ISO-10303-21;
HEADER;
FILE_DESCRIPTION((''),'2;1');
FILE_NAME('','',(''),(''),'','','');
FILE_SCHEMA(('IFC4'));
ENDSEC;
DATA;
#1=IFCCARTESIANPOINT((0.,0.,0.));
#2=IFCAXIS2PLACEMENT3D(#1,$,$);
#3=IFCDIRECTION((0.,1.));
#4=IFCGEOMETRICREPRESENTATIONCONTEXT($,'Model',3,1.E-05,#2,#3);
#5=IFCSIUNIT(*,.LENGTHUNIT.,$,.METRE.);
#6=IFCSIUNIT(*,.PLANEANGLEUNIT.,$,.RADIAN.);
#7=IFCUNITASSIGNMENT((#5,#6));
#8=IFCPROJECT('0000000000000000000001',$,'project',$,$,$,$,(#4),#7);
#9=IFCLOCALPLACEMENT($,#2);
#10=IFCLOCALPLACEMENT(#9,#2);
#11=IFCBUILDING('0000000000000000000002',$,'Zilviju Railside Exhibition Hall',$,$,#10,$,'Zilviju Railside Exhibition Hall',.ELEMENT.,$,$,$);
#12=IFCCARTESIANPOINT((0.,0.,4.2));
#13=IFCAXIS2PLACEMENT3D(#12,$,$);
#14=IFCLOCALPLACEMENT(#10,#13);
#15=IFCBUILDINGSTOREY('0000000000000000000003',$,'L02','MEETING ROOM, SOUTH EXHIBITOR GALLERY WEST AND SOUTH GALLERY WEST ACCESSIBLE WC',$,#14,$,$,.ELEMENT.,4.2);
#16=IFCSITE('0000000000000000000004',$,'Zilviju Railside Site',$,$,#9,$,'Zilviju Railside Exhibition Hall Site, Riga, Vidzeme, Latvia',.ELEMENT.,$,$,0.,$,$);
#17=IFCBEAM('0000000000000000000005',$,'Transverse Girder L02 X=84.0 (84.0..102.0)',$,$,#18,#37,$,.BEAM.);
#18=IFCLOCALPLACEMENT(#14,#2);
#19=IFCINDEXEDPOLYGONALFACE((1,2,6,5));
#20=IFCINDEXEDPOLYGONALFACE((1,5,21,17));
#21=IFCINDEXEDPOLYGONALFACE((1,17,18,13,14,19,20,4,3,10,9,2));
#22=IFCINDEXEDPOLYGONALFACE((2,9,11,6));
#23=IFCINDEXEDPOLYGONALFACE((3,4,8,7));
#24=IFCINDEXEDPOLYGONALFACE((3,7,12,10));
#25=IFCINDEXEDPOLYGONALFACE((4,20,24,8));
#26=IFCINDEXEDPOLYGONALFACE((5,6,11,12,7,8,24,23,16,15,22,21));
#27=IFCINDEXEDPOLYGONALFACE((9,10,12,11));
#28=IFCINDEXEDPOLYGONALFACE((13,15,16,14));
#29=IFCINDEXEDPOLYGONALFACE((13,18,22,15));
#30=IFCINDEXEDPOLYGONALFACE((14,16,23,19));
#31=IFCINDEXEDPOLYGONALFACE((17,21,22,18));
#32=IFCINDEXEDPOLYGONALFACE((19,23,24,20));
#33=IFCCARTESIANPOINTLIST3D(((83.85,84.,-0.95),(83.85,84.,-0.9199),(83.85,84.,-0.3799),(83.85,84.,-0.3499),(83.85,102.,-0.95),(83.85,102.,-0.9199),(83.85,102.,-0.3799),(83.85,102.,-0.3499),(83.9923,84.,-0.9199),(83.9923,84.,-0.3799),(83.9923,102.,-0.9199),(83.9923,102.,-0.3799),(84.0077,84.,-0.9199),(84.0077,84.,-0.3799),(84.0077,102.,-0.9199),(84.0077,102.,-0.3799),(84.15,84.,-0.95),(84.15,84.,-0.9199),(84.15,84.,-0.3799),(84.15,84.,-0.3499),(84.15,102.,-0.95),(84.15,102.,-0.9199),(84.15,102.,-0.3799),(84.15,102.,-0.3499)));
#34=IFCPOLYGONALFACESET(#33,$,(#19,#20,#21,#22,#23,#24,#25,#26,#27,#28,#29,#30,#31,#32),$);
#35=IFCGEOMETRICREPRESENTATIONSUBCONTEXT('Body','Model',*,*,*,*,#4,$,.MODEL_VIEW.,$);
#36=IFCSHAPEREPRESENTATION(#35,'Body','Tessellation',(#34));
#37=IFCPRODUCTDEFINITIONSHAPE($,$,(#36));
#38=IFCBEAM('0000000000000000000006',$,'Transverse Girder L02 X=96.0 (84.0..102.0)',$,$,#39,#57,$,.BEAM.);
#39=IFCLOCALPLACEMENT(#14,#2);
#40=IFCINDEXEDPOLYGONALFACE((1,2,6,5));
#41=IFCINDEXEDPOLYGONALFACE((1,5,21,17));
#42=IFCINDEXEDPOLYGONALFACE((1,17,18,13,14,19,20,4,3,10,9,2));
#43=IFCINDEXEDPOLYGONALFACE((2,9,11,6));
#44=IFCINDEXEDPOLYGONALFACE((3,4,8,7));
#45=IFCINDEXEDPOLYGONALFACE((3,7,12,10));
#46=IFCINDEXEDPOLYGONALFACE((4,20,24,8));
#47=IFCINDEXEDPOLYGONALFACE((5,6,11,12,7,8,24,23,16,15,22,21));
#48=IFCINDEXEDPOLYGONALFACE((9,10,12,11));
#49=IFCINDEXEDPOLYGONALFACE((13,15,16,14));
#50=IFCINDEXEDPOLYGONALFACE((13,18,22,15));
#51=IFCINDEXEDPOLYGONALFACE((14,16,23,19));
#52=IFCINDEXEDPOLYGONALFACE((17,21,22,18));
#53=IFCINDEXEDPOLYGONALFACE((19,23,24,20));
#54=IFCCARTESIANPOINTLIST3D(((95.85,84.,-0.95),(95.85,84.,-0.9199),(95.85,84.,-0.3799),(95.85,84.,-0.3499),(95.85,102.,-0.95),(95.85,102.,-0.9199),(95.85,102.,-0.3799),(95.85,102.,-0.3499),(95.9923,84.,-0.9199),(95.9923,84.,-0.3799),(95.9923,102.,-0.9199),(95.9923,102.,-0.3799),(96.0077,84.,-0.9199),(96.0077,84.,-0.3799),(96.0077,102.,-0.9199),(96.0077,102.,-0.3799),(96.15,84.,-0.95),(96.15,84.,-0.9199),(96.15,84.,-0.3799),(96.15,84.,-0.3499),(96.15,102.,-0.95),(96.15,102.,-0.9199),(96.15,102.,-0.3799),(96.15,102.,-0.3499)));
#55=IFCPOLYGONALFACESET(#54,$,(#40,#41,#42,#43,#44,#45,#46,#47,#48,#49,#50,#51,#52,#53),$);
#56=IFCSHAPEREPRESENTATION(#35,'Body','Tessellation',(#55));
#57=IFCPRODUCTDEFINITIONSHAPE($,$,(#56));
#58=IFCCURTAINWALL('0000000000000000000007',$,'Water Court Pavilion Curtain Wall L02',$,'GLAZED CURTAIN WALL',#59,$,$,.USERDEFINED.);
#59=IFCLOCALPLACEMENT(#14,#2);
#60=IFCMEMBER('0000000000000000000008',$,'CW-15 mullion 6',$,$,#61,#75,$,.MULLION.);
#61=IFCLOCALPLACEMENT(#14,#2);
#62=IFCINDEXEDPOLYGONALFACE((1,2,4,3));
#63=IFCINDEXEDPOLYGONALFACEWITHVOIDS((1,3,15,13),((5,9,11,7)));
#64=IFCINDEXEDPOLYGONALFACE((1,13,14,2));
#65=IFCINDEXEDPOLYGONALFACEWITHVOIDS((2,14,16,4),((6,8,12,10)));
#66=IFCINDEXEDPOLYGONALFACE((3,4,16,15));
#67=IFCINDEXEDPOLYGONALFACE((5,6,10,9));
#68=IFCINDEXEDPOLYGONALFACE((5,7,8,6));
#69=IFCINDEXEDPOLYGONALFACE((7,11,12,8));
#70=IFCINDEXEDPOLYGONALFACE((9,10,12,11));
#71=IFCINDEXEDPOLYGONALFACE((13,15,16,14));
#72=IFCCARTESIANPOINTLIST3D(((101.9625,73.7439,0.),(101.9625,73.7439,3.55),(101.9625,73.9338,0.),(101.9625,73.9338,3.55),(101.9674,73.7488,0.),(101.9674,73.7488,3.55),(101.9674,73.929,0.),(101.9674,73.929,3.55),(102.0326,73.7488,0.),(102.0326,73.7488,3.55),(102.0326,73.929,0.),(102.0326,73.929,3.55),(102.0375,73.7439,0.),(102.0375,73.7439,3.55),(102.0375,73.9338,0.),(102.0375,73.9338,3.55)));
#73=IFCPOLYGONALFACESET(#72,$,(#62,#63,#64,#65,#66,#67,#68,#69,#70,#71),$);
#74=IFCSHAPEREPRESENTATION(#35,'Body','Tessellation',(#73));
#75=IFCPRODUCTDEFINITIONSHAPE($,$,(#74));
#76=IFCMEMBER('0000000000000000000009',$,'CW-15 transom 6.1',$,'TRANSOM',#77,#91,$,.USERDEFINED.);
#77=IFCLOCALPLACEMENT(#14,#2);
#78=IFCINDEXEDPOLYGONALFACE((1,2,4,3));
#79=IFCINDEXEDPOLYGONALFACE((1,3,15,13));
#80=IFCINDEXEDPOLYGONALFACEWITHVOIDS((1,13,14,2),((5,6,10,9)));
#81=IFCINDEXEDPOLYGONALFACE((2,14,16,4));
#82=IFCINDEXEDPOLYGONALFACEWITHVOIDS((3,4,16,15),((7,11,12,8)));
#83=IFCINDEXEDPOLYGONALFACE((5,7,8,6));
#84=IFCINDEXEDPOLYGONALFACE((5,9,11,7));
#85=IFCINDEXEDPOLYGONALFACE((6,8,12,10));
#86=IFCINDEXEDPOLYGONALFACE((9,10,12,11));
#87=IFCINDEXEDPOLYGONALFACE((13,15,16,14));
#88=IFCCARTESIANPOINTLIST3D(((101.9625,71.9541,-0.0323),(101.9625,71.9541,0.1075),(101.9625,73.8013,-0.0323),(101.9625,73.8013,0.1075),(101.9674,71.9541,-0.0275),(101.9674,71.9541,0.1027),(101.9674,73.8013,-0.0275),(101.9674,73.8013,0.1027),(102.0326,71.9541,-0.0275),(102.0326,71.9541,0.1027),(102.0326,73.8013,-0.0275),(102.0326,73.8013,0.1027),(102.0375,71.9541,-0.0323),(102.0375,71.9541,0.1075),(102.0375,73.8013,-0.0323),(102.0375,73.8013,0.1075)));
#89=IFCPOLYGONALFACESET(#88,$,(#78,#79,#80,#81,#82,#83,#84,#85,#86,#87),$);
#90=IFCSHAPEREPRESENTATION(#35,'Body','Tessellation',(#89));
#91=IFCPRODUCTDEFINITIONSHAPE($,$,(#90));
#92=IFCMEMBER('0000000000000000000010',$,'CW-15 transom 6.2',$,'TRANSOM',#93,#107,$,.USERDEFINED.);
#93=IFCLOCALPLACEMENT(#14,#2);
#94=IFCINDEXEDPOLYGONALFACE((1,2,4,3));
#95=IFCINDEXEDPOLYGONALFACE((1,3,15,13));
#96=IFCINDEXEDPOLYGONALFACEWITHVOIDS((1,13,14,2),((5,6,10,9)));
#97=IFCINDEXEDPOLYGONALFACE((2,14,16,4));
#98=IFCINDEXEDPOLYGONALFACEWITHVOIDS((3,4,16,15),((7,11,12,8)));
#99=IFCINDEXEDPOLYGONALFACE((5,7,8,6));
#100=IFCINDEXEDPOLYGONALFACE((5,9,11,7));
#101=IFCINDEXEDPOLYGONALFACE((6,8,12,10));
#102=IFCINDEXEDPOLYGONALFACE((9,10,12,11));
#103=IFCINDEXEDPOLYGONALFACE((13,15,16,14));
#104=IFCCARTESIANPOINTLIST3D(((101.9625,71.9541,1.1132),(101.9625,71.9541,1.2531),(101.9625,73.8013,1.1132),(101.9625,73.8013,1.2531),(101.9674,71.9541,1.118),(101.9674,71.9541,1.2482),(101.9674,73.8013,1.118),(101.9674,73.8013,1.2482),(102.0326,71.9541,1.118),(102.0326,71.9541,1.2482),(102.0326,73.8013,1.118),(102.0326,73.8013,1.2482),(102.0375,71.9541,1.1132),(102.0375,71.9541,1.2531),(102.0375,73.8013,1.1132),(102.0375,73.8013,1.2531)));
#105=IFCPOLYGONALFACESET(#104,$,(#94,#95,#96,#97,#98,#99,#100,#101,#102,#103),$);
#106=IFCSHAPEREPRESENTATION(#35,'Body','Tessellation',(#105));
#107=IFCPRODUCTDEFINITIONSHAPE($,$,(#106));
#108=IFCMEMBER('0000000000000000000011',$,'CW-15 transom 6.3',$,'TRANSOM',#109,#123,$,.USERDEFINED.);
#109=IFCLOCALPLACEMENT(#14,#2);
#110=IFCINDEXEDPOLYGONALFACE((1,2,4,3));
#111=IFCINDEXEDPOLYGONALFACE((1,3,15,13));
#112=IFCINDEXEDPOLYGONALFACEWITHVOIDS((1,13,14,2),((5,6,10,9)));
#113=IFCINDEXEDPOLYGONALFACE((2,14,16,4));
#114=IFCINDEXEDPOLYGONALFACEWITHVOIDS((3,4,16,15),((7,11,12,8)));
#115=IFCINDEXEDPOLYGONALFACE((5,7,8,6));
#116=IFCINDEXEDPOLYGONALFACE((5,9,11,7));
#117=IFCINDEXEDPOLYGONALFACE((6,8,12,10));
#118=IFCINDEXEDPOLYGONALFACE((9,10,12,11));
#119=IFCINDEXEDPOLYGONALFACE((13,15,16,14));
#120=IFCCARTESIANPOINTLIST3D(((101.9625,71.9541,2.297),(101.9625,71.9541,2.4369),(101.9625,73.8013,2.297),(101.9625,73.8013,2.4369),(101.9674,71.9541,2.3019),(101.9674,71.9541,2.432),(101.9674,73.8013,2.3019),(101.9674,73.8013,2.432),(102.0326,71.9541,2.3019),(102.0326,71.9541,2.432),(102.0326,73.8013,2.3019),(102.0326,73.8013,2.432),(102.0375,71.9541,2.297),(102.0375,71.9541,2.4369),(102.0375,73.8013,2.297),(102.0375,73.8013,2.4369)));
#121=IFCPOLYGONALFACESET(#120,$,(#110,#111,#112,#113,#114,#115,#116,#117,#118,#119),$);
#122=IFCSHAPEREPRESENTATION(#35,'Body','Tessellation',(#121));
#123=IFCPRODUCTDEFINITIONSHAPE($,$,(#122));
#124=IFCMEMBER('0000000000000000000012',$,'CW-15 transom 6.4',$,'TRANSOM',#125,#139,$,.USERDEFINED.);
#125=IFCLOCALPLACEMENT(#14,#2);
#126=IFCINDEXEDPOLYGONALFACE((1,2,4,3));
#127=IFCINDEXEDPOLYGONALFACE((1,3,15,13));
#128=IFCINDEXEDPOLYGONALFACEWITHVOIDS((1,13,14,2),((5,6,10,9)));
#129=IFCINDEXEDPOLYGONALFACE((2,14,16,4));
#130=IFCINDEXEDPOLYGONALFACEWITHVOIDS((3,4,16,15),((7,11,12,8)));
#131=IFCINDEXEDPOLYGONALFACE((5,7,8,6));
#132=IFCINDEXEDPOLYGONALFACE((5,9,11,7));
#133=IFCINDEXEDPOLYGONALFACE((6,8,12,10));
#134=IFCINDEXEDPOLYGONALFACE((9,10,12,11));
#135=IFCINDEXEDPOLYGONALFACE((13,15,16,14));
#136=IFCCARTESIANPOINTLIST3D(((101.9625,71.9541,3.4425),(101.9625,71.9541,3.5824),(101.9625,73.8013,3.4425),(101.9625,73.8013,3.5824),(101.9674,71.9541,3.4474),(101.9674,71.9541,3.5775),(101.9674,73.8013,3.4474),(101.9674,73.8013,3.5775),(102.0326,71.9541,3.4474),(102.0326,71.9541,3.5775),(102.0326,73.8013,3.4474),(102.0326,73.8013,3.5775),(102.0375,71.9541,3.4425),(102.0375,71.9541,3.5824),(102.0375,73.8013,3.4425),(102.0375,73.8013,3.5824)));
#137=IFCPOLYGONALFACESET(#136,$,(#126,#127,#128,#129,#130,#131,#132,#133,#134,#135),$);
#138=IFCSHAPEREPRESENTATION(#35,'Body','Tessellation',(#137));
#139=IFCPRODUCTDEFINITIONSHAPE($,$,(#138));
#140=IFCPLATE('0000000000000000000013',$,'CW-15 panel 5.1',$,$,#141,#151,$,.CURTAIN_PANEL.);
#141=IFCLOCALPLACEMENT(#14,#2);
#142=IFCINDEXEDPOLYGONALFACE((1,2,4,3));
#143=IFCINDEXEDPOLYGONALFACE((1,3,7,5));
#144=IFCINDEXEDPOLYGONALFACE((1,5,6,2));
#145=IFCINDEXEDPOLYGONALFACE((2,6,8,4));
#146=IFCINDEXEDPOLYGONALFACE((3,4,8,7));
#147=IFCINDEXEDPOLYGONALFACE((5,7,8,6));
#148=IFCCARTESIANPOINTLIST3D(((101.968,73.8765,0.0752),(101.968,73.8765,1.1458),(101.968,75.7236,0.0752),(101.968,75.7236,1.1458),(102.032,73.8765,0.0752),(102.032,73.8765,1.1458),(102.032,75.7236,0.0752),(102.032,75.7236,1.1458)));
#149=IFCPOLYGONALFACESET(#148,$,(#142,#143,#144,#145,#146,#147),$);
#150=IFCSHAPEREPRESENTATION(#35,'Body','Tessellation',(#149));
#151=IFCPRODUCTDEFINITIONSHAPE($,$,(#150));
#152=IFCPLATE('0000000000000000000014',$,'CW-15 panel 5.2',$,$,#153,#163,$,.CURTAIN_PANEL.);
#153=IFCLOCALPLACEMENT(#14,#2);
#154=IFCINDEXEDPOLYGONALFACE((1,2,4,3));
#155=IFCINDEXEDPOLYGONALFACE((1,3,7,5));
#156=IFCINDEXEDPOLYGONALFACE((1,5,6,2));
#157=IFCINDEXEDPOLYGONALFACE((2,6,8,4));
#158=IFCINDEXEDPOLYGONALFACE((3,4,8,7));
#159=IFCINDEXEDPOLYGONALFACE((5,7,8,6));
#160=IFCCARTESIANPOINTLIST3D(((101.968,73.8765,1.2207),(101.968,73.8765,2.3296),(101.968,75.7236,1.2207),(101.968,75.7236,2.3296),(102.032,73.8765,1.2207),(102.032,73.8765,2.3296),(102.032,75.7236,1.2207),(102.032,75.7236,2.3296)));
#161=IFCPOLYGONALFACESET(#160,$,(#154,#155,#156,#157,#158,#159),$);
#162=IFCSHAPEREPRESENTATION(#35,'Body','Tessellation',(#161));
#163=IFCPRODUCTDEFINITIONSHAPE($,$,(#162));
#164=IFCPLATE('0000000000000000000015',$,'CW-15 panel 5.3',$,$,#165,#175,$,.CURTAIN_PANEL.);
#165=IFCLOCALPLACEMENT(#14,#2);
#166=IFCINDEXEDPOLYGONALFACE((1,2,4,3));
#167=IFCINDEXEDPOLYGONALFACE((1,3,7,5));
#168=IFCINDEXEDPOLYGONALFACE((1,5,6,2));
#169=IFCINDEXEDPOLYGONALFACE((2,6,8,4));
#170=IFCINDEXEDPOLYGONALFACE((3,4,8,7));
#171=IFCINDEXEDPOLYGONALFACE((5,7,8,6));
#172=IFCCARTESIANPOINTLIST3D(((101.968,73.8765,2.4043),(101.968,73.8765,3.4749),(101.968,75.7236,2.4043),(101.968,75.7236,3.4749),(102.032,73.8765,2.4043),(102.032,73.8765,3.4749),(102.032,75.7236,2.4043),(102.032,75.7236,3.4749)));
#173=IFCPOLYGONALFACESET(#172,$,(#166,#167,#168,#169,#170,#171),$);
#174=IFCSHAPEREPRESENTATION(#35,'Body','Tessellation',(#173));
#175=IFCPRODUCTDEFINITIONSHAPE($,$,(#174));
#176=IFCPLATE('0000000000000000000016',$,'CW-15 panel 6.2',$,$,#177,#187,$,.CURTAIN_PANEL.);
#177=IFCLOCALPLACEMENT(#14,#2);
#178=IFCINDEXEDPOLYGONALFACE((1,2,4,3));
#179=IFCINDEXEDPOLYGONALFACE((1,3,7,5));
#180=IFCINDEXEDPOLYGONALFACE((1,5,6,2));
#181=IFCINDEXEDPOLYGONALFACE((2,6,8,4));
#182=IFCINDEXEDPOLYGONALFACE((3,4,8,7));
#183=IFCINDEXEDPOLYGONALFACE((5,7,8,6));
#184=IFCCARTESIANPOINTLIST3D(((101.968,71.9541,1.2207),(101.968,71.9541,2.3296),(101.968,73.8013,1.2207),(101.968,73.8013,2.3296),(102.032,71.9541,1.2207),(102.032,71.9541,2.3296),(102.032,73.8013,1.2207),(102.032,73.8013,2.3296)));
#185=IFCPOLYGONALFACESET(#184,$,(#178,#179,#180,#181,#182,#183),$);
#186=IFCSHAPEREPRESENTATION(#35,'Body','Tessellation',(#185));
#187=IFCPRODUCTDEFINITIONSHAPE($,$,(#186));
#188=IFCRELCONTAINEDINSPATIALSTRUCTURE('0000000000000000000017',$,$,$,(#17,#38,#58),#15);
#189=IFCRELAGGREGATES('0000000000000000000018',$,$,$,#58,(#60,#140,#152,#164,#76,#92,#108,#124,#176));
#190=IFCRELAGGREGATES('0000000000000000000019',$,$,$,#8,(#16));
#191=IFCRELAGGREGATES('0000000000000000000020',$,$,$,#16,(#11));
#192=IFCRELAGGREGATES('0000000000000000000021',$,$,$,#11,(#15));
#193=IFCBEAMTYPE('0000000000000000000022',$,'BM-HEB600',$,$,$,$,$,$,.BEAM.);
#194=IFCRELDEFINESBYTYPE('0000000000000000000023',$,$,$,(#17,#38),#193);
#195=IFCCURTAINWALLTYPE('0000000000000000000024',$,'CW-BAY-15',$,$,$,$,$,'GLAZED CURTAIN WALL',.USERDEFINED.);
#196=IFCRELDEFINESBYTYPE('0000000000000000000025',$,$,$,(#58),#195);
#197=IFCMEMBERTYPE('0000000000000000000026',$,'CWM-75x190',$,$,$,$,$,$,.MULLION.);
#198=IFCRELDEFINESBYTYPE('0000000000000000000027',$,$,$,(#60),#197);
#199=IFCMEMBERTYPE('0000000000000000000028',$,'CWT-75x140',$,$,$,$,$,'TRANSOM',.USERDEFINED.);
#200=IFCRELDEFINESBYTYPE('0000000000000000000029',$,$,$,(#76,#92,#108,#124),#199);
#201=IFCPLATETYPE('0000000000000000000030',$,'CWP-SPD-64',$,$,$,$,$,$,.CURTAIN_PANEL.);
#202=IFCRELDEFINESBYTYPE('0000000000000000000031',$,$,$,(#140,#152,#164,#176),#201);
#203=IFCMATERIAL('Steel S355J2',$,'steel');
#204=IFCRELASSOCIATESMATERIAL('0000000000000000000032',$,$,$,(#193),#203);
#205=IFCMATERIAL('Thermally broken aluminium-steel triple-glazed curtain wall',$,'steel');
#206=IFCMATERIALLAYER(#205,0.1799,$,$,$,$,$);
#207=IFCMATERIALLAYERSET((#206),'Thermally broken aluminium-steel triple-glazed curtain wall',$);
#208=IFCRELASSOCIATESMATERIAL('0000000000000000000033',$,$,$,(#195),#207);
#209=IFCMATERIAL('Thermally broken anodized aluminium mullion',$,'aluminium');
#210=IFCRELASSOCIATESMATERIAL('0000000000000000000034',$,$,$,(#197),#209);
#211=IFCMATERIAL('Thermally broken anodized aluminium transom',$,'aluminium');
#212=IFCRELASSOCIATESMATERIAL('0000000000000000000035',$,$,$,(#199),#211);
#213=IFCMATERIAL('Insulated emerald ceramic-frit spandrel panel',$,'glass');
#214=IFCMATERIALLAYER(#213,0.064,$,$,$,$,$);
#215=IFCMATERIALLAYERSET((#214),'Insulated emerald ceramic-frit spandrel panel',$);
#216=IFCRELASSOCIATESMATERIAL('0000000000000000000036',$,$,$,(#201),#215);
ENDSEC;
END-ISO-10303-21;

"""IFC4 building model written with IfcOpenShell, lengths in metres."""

from ifc_helpers import new_model, si_unit, direction, frame, origin, origin_2d, place, context, subcontext, project, spatial, rectangle, hollow_rectangle, i_section, extrude, material, layer, layer_set, material_profile, profile_set, type_object, element, aggregate, save


model = new_model("IFC4")

# Units and contexts
model_context = context("Model", 3, precision=1e-05, world=origin(), true_north=direction((0.0, 1.0)))
body_context = subcontext(model_context, "Body", "Model", "MODEL_VIEW")
ifc_project = project(units=[si_unit("LENGTHUNIT", "METRE"), si_unit("PLANEANGLEUNIT", "RADIAN")], contexts=[model_context])

# Site, building, storey
site_placement = place(None, origin())
site = spatial("IfcSite", under=ifc_project, at=site_placement, Name="Zilviju Railside Site", LongName="Zilviju Railside Exhibition Hall Site, Riga, Vidzeme, Latvia", CompositionType="ELEMENT", RefElevation=0.0)
building_placement = place(site_placement, origin())
building = spatial("IfcBuilding", under=site, at=building_placement, Name="Zilviju Railside Exhibition Hall", LongName="Zilviju Railside Exhibition Hall", CompositionType="ELEMENT")
storey_placement = place(building_placement, frame((0.0, 0.0, 4.2)))
storey = spatial("IfcBuildingStorey", under=building, at=storey_placement, Name="L02", Description="MEETING ROOM, SOUTH EXHIBITOR GALLERY WEST AND SOUTH GALLERY WEST ACCESSIBLE WC", CompositionType="ELEMENT", Elevation=4.2)

# Shared definitions
ifc_material_1 = material(Name="Steel S355J2", Category="steel")

# Beams
ifc_material_profile_1 = material_profile(ifc_material_1, i_section(OverallWidth=0.3, OverallDepth=0.6001, WebThickness=0.0154, FlangeThickness=0.03, at=origin_2d()), Name="HEB 600")
ifc_profile_set_1 = profile_set([ifc_material_profile_1], Name="Steel S355J2")
beam_type_1 = type_object("IfcBeamType", Name="BM-HEB600", PredefinedType="BEAM", material=ifc_profile_set_1)
for number, where, z_axis, x_axis, name in (
    (1, (84.0, 84.0, -0.6499), (0.0, 1.0, 0.0), (-1.0, 0.0, 0.0), "Transverse Girder L02 X=84.0 (84.0..102.0)"),
    (2, (96.0, 84.0, -0.6499), (0.0, 1.0, 0.0), (-1.0, 0.0, 0.0), "Transverse Girder L02 X=96.0 (84.0..102.0)"),
):
    element("IfcBeam", number, at=place(storey_placement, frame(where, z_axis=z_axis, x_axis=x_axis)), inside=storey, type_object=beam_type_1, Name=name, PredefinedType="BEAM", context=body_context, shape_type="SweptSolid", body=[
        extrude(i_section(OverallWidth=0.3, OverallDepth=0.6001, WebThickness=0.0154, FlangeThickness=0.03, at=origin_2d()), origin(), (0.0, 0.0, 1.0), 18.0),
    ])

# Curtain wall, members, plates
ifc_material_2 = material(Name="Thermally broken aluminium-steel triple-glazed curtain wall", Category="steel")
ifc_layer_1 = layer(ifc_material_2, 0.1799)
ifc_layer_set_1 = layer_set([ifc_layer_1], Name="Thermally broken aluminium-steel triple-glazed curtain wall")
curtain_wall_type = type_object("IfcCurtainWallType", Name="CW-BAY-15", ElementType="GLAZED CURTAIN WALL", PredefinedType="USERDEFINED", material=ifc_layer_set_1)
curtain_wall_placement = place(storey_placement, origin())
curtain_wall = element("IfcCurtainWall", 3, at=curtain_wall_placement, inside=storey, type_object=curtain_wall_type, Name="Water Court Pavilion Curtain Wall L02", ObjectType="GLAZED CURTAIN WALL", PredefinedType="USERDEFINED")
ifc_material_3 = material(Name="Thermally broken anodized aluminium mullion", Category="aluminium")
ifc_material_profile_2 = material_profile(ifc_material_3, hollow_rectangle(XDim=0.075, YDim=0.1899, WallThickness=0.0049, at=origin_2d()), Name="MULLION 190x75x5")
ifc_profile_set_2 = profile_set([ifc_material_profile_2], Name="Thermally broken anodized aluminium mullion")
member_type_1 = type_object("IfcMemberType", Name="CWM-75x190", PredefinedType="MULLION", material=ifc_profile_set_2)
member_1_placement = place(storey_placement, frame((102.0, 73.8389, 0.0), z_axis=(0.0, 0.0, 1.0), x_axis=(1.0, 0.0, 0.0)))
member_1 = element("IfcMember", 4, at=member_1_placement, type_object=member_type_1, Name="CW-15 mullion 6", PredefinedType="MULLION", context=body_context, shape_type="SweptSolid", body=[
    extrude(hollow_rectangle(XDim=0.075, YDim=0.1899, WallThickness=0.0049, at=origin_2d()), origin(), (0.0, 0.0, 1.0), 3.55),
])
ifc_material_4 = material(Name="Thermally broken anodized aluminium transom", Category="aluminium")
ifc_material_profile_3 = material_profile(ifc_material_4, hollow_rectangle(XDim=0.075, YDim=0.1399, WallThickness=0.0049, at=origin_2d()), Name="TRANSOM 140x75x5")
ifc_profile_set_3 = profile_set([ifc_material_profile_3], Name="Thermally broken anodized aluminium transom")
member_type_2 = type_object("IfcMemberType", Name="CWT-75x140", ElementType="TRANSOM", PredefinedType="USERDEFINED", material=ifc_profile_set_3)
member_2_placement = place(storey_placement, frame((102.0, 73.8013, 0.0376), z_axis=(0.0, -1.0, 0.0), x_axis=(1.0, 0.0, 0.0)))
member_2 = element("IfcMember", 5, at=member_2_placement, type_object=member_type_2, Name="CW-15 transom 6.1", ObjectType="TRANSOM", PredefinedType="USERDEFINED", context=body_context, shape_type="SweptSolid", body=[
    extrude(hollow_rectangle(XDim=0.075, YDim=0.1399, WallThickness=0.0049, at=origin_2d()), origin(), (0.0, 0.0, 1.0), 1.8472),
])
member_3_placement = place(storey_placement, frame((102.0, 73.8013, 1.1831), z_axis=(0.0, -1.0, 0.0), x_axis=(1.0, 0.0, 0.0)))
member_3 = element("IfcMember", 6, at=member_3_placement, type_object=member_type_2, Name="CW-15 transom 6.2", ObjectType="TRANSOM", PredefinedType="USERDEFINED", context=body_context, shape_type="SweptSolid", body=[
    extrude(hollow_rectangle(XDim=0.075, YDim=0.1399, WallThickness=0.0049, at=origin_2d()), origin(), (0.0, 0.0, 1.0), 1.8472),
])
member_4_placement = place(storey_placement, frame((102.0, 73.8013, 2.3669), z_axis=(0.0, -1.0, 0.0), x_axis=(1.0, 0.0, 0.0)))
member_4 = element("IfcMember", 7, at=member_4_placement, type_object=member_type_2, Name="CW-15 transom 6.3", ObjectType="TRANSOM", PredefinedType="USERDEFINED", context=body_context, shape_type="SweptSolid", body=[
    extrude(hollow_rectangle(XDim=0.075, YDim=0.1399, WallThickness=0.0049, at=origin_2d()), origin(), (0.0, 0.0, 1.0), 1.8472),
])
member_5_placement = place(storey_placement, frame((102.0, 73.8013, 3.5125), z_axis=(0.0, -1.0, 0.0), x_axis=(1.0, 0.0, 0.0)))
member_5 = element("IfcMember", 8, at=member_5_placement, type_object=member_type_2, Name="CW-15 transom 6.4", ObjectType="TRANSOM", PredefinedType="USERDEFINED", context=body_context, shape_type="SweptSolid", body=[
    extrude(hollow_rectangle(XDim=0.075, YDim=0.1399, WallThickness=0.0049, at=origin_2d()), origin(), (0.0, 0.0, 1.0), 1.8472),
])
ifc_material_5 = material(Name="Insulated emerald ceramic-frit spandrel panel", Category="glass")
ifc_layer_2 = layer(ifc_material_5, 0.064)
ifc_layer_set_2 = layer_set([ifc_layer_2], Name="Insulated emerald ceramic-frit spandrel panel")
plate_type = type_object("IfcPlateType", Name="CWP-SPD-64", PredefinedType="CURTAIN_PANEL", material=ifc_layer_set_2)
plate_1_placement = place(storey_placement, frame((102.0, 74.8, 0.0752), z_axis=(0.0, 0.0, 1.0), x_axis=(0.0, -1.0, 0.0)))
plate_1 = element("IfcPlate", 9, at=plate_1_placement, type_object=plate_type, Name="CW-15 panel 5.1", PredefinedType="CURTAIN_PANEL", context=body_context, shape_type="SweptSolid", body=[
    extrude(rectangle(XDim=1.8472, YDim=0.064, at=origin_2d()), origin(), (0.0, 0.0, 1.0), 1.0706),
])
plate_2_placement = place(storey_placement, frame((102.0, 74.8, 1.2207), z_axis=(0.0, 0.0, 1.0), x_axis=(0.0, -1.0, 0.0)))
plate_2 = element("IfcPlate", 10, at=plate_2_placement, type_object=plate_type, Name="CW-15 panel 5.2", PredefinedType="CURTAIN_PANEL", context=body_context, shape_type="SweptSolid", body=[
    extrude(rectangle(XDim=1.8472, YDim=0.064, at=origin_2d()), origin(), (0.0, 0.0, 1.0), 1.1089),
])
plate_3_placement = place(storey_placement, frame((102.0, 74.8, 2.4043), z_axis=(0.0, 0.0, 1.0), x_axis=(0.0, -1.0, 0.0)))
plate_3 = element("IfcPlate", 11, at=plate_3_placement, type_object=plate_type, Name="CW-15 panel 5.3", PredefinedType="CURTAIN_PANEL", context=body_context, shape_type="SweptSolid", body=[
    extrude(rectangle(XDim=1.8472, YDim=0.064, at=origin_2d()), origin(), (0.0, 0.0, 1.0), 1.0706),
])
plate_4_placement = place(storey_placement, frame((102.0, 72.8777, 1.2207), z_axis=(0.0, 0.0, 1.0), x_axis=(0.0, -1.0, 0.0)))
plate_4 = element("IfcPlate", 12, at=plate_4_placement, type_object=plate_type, Name="CW-15 panel 6.2", PredefinedType="CURTAIN_PANEL", context=body_context, shape_type="SweptSolid", body=[
    extrude(rectangle(XDim=1.8472, YDim=0.064, at=origin_2d()), origin(), (0.0, 0.0, 1.0), 1.1089),
])
aggregate(curtain_wall, [member_1, plate_1, plate_2, plate_3, member_2, member_3, member_4, member_5, plate_4])

save(model, "model.ifc")
